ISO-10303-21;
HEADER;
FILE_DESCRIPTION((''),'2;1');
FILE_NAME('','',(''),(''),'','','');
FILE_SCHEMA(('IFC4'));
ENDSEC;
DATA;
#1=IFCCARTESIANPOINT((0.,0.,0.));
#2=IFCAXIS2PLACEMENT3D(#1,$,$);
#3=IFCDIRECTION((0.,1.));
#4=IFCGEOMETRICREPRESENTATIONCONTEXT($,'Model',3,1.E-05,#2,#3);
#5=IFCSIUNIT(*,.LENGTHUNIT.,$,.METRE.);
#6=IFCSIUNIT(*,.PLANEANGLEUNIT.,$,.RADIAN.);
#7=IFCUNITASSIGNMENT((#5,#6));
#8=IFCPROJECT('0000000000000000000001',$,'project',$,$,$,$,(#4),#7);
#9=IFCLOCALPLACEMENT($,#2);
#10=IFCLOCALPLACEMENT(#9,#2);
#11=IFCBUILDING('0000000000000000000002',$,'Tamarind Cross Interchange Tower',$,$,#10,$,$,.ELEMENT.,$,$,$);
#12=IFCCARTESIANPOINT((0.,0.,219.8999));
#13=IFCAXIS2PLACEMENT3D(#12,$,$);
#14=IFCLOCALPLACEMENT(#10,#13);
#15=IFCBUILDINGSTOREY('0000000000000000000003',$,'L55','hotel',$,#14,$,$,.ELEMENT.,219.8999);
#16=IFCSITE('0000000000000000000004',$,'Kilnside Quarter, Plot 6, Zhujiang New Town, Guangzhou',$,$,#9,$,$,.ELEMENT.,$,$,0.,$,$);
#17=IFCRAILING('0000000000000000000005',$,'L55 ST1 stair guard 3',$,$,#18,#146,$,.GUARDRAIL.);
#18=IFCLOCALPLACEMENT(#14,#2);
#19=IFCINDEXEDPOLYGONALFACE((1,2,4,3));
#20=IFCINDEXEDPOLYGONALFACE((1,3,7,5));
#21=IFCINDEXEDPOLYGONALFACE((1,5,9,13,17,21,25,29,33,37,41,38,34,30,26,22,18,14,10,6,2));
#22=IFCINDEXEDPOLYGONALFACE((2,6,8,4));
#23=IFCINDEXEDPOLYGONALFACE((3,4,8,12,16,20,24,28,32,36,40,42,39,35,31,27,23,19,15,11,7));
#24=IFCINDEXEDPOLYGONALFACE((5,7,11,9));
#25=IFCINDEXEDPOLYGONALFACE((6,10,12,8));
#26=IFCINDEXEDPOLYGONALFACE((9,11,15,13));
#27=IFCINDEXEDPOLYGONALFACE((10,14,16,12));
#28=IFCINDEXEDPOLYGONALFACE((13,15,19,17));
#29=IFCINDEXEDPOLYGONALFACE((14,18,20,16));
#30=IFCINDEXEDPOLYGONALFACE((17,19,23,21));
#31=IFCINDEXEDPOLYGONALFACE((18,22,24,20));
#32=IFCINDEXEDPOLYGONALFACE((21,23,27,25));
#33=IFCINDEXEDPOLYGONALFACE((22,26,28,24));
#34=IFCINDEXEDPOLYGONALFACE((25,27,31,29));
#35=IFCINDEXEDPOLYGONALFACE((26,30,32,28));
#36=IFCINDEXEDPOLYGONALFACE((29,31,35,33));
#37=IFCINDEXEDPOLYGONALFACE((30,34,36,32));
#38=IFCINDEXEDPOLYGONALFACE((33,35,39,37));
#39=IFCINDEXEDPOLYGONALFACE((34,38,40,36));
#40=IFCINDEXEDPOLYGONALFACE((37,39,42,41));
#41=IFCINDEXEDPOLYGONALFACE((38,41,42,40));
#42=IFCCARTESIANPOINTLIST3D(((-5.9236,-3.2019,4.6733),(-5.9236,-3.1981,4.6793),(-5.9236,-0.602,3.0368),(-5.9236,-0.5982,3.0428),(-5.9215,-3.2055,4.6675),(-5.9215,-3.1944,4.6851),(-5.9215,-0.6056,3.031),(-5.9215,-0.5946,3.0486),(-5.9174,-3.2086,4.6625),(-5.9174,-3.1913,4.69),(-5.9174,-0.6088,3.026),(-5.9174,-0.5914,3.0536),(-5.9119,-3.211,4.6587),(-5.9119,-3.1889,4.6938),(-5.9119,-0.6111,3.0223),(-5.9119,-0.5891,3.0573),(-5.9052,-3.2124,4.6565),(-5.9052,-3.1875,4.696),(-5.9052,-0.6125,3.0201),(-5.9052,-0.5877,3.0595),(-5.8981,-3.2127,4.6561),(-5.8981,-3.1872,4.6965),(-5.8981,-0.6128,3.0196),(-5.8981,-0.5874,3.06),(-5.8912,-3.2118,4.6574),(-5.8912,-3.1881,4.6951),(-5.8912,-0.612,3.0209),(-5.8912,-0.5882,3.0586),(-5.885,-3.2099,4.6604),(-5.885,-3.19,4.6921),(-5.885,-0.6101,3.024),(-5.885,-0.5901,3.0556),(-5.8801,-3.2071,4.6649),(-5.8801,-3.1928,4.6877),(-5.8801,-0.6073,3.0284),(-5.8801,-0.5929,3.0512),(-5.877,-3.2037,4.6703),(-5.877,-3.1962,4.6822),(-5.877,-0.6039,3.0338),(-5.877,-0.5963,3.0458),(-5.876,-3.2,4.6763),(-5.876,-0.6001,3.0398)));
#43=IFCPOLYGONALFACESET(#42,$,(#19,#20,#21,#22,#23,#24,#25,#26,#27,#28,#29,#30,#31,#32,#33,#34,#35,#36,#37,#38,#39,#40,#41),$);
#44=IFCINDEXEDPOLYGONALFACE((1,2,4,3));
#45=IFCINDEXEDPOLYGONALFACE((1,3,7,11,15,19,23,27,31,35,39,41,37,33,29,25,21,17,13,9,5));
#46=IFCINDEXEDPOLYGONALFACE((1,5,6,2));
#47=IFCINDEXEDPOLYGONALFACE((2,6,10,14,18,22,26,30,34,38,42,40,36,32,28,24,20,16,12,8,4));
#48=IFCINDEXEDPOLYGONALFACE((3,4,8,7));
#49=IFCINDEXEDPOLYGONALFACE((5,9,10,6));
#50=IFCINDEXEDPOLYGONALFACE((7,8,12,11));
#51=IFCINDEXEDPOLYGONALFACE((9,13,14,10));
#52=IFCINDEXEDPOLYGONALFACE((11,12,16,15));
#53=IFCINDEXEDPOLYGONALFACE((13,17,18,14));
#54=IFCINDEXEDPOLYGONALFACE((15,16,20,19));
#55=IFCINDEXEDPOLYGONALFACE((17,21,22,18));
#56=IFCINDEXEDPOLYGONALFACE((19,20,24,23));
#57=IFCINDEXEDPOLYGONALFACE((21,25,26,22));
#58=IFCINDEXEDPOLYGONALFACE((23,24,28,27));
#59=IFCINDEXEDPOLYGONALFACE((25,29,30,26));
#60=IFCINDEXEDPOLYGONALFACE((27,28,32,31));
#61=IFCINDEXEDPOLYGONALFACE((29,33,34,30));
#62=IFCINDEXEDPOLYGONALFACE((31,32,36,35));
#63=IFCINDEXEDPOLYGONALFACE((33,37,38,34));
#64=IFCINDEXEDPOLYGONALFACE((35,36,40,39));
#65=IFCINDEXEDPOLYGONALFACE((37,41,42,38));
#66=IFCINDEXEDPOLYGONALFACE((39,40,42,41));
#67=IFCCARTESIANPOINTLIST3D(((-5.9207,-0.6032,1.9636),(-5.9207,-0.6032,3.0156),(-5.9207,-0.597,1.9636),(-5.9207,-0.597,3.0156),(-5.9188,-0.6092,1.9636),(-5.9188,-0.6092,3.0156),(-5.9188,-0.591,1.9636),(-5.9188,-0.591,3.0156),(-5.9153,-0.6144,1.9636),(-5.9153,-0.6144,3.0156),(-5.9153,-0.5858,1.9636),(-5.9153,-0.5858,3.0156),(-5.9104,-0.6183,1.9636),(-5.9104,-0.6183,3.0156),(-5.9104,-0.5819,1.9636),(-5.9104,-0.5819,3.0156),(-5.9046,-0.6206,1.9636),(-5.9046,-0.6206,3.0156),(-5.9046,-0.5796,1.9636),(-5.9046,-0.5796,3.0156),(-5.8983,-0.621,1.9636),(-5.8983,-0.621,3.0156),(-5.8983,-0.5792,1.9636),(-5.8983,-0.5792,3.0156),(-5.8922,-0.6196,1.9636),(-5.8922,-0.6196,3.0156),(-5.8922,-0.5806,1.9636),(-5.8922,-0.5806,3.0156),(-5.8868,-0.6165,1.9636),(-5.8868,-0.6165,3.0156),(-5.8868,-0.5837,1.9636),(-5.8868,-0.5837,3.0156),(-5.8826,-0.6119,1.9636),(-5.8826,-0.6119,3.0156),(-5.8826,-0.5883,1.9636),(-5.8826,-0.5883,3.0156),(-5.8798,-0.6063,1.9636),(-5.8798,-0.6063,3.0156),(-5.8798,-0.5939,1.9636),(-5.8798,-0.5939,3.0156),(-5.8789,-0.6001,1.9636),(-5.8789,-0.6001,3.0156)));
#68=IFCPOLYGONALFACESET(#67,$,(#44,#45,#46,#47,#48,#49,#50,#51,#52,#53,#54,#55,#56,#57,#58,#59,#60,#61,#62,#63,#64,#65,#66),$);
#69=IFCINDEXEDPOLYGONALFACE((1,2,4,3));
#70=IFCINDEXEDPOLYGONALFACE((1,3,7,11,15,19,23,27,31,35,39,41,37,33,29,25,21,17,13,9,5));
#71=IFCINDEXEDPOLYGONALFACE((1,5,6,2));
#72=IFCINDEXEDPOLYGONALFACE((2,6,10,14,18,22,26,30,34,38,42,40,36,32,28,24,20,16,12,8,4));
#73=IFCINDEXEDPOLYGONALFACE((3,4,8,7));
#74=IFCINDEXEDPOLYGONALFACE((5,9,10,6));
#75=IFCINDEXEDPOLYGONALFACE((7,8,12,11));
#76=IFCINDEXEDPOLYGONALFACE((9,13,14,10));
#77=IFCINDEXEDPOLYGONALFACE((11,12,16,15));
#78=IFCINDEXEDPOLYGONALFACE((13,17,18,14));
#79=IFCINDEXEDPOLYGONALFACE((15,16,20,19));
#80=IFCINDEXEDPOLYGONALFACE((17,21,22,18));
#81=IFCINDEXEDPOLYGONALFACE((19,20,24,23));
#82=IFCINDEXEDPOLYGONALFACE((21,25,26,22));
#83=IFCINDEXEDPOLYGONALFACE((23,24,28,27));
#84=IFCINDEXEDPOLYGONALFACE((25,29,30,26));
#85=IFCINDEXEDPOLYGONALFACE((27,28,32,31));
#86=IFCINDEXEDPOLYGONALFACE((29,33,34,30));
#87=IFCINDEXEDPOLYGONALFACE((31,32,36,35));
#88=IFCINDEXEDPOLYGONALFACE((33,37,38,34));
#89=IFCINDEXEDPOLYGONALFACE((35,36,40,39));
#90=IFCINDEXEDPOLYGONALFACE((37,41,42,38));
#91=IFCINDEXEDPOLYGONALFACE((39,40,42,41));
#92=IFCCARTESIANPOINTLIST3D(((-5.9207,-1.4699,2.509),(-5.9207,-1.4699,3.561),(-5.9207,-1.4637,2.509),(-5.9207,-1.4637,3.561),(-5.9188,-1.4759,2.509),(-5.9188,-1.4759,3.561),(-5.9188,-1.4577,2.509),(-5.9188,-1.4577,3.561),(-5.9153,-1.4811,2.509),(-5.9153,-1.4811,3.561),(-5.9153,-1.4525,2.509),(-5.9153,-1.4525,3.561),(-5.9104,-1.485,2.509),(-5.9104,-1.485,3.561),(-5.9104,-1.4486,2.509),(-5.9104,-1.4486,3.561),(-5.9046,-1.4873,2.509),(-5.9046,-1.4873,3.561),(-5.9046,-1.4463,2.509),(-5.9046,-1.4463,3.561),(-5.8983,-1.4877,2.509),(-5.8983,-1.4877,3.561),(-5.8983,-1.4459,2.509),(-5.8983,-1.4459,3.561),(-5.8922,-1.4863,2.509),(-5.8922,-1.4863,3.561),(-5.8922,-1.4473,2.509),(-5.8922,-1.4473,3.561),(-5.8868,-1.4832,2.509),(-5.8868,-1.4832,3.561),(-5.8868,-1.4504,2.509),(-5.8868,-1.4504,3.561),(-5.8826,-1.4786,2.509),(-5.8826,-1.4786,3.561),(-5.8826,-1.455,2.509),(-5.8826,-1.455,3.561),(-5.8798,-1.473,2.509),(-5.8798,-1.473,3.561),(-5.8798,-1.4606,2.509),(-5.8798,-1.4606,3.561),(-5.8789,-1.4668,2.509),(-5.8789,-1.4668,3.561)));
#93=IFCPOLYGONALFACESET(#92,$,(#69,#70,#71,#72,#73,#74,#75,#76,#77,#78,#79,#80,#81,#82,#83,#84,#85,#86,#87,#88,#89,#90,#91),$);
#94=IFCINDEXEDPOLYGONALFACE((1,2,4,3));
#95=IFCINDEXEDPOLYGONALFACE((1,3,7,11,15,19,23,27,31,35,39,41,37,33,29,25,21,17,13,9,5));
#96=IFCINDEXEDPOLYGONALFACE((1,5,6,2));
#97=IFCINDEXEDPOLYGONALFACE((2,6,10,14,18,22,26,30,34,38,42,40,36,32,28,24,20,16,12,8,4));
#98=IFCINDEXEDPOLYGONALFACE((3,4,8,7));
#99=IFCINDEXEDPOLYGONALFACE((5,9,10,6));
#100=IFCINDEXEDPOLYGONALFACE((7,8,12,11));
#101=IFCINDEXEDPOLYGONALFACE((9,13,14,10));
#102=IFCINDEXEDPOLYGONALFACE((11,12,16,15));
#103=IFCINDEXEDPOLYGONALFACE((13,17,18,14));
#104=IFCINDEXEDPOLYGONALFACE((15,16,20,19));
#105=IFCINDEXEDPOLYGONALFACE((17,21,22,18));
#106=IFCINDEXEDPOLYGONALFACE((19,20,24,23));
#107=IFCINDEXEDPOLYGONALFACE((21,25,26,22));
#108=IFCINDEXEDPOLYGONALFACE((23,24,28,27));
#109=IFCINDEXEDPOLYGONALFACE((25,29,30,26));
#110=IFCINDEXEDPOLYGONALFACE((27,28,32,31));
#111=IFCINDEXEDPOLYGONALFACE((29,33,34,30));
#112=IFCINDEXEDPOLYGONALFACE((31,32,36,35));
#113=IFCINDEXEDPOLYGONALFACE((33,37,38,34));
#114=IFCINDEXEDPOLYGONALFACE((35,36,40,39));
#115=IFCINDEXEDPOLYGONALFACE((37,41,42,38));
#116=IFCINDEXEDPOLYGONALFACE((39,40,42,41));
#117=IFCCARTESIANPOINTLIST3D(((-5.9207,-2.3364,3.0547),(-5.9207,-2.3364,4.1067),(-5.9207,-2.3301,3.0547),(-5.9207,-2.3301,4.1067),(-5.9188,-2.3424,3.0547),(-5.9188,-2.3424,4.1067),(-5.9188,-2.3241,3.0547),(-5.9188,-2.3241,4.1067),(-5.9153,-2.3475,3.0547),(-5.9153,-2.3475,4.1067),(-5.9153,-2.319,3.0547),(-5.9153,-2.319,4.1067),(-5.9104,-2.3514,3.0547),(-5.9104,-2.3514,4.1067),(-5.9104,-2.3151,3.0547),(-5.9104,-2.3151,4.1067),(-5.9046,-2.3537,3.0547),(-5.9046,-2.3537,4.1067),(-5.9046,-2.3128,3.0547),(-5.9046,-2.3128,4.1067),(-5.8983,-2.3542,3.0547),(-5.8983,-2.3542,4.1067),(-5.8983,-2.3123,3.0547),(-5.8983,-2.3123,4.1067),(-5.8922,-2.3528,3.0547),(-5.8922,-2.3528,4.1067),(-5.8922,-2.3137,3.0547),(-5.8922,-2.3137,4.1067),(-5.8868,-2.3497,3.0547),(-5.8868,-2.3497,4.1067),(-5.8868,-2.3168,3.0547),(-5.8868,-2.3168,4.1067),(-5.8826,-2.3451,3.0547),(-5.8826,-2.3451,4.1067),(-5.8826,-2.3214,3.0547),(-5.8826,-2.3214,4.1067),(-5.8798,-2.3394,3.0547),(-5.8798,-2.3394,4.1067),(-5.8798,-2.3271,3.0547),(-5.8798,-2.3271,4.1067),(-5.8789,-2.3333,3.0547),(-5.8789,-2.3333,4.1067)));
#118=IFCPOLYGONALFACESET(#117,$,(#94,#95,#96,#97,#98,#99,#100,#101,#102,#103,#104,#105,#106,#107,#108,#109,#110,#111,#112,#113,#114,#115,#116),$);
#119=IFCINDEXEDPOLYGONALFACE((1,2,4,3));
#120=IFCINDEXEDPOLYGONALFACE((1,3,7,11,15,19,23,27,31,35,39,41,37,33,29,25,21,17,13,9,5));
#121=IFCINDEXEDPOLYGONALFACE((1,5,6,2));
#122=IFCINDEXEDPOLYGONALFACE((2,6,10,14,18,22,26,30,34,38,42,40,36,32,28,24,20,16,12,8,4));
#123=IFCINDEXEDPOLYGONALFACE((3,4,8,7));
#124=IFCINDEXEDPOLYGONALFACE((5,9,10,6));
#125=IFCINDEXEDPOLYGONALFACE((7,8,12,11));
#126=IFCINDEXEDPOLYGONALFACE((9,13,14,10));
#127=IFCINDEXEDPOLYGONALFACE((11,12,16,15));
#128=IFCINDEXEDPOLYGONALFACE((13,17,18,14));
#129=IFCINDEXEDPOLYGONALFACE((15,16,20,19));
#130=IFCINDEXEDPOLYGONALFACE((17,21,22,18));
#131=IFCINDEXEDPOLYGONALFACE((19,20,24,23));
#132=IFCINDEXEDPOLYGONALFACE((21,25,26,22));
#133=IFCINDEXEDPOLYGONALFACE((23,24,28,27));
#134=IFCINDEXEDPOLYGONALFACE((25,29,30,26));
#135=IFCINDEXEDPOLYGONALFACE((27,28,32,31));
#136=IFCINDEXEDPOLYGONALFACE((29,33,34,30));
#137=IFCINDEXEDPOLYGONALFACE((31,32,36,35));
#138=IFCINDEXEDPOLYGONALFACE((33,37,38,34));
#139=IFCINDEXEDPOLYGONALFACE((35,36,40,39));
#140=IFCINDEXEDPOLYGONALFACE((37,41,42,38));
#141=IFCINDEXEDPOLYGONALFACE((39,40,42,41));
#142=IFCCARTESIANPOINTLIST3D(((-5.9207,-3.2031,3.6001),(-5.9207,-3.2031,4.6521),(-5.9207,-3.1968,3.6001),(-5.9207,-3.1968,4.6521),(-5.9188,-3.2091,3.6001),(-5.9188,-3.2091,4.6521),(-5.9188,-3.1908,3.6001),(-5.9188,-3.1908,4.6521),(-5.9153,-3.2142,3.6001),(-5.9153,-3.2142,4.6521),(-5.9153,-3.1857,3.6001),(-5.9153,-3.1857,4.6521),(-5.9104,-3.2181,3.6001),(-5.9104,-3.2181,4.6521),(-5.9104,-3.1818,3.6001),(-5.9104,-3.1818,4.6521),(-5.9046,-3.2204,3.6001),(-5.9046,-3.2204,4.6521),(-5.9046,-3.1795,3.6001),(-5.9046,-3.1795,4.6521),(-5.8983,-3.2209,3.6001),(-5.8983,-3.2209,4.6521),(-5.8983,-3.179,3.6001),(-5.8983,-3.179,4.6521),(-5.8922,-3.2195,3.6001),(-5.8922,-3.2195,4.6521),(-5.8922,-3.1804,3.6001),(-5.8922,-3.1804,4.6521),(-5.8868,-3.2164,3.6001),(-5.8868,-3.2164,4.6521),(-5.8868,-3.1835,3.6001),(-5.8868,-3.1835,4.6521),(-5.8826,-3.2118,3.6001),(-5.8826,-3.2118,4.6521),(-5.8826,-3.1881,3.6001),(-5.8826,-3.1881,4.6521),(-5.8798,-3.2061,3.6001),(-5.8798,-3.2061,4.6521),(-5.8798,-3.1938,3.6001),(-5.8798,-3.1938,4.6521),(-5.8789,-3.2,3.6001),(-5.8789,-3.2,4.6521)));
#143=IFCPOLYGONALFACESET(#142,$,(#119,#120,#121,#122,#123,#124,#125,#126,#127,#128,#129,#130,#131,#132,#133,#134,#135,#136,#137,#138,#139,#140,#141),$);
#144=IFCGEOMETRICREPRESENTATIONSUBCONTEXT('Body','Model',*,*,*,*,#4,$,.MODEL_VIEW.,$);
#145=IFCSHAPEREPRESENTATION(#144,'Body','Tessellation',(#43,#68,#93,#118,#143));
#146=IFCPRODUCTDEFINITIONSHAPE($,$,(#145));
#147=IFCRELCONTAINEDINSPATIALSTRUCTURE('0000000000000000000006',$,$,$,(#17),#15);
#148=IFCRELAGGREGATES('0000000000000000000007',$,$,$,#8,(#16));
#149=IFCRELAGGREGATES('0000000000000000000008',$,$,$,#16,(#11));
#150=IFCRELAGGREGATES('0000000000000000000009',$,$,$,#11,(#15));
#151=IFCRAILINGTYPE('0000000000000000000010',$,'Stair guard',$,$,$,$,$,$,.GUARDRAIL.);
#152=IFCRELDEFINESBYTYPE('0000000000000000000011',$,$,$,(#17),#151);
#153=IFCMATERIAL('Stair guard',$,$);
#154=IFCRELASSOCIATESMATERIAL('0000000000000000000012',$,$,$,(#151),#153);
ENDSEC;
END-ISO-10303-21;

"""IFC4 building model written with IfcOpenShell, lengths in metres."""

from ifc_helpers import new_model, si_unit, direction, frame, origin, origin_2d, place, context, subcontext, project, spatial, circle, extrude, material, type_object, element, save


model = new_model("IFC4")

# Units and contexts
model_context = context("Model", 3, precision=1e-05, world=origin(), true_north=direction((0.0, 1.0)))
body_context = subcontext(model_context, "Body", "Model", "MODEL_VIEW")
ifc_project = project(units=[si_unit("LENGTHUNIT", "METRE"), si_unit("PLANEANGLEUNIT", "RADIAN")], contexts=[model_context])

# Site, building, storey
site_placement = place(None, origin())
site = spatial("IfcSite", under=ifc_project, at=site_placement, Name="Kilnside Quarter, Plot 6, Zhujiang New Town, Guangzhou", CompositionType="ELEMENT", RefElevation=0.0)
building_placement = place(site_placement, origin())
building = spatial("IfcBuilding", under=site, at=building_placement, Name="Tamarind Cross Interchange Tower", CompositionType="ELEMENT")
storey_placement = place(building_placement, frame((0.0, 0.0, 219.8999)))
storey = spatial("IfcBuildingStorey", under=building, at=storey_placement, Name="L55", Description="hotel", CompositionType="ELEMENT", Elevation=219.8999)

# Railing
ifc_material_1 = material(Name="Stair guard")
railing_type_1 = type_object("IfcRailingType", Name="Stair guard", PredefinedType="GUARDRAIL", material=ifc_material_1)
railing_1_placement = place(storey_placement, frame((-5.8999, -0.6001, 1.9636)))
element("IfcRailing", 1, at=railing_1_placement, inside=storey, type_object=railing_type_1, Name="L55 ST1 stair guard 3", PredefinedType="GUARDRAIL", context=body_context, shape_type="SweptSolid", body=[
    extrude(circle(Radius=0.0239, at=origin_2d()), frame((0.0, 0.0, 1.0762), z_axis=(0.0, -0.846302, 0.532704), x_axis=(1.0, 0.0, 0.0)), (0.0, 0.0, 1.0), 3.072),
    extrude(circle(Radius=0.021, at=origin_2d()), origin(), (0.0, 0.0, 1.0), 1.052),
    extrude(circle(Radius=0.021, at=origin_2d()), frame((0.0, -0.8667, 0.5454)), (0.0, 0.0, 1.0), 1.052),
    extrude(circle(Radius=0.021, at=origin_2d()), frame((0.0, -1.7332, 1.0911)), (0.0, 0.0, 1.0), 1.052),
    extrude(circle(Radius=0.021, at=origin_2d()), frame((0.0, -2.5999, 1.6365)), (0.0, 0.0, 1.0), 1.052),
])

save(model, "model.ifc")
